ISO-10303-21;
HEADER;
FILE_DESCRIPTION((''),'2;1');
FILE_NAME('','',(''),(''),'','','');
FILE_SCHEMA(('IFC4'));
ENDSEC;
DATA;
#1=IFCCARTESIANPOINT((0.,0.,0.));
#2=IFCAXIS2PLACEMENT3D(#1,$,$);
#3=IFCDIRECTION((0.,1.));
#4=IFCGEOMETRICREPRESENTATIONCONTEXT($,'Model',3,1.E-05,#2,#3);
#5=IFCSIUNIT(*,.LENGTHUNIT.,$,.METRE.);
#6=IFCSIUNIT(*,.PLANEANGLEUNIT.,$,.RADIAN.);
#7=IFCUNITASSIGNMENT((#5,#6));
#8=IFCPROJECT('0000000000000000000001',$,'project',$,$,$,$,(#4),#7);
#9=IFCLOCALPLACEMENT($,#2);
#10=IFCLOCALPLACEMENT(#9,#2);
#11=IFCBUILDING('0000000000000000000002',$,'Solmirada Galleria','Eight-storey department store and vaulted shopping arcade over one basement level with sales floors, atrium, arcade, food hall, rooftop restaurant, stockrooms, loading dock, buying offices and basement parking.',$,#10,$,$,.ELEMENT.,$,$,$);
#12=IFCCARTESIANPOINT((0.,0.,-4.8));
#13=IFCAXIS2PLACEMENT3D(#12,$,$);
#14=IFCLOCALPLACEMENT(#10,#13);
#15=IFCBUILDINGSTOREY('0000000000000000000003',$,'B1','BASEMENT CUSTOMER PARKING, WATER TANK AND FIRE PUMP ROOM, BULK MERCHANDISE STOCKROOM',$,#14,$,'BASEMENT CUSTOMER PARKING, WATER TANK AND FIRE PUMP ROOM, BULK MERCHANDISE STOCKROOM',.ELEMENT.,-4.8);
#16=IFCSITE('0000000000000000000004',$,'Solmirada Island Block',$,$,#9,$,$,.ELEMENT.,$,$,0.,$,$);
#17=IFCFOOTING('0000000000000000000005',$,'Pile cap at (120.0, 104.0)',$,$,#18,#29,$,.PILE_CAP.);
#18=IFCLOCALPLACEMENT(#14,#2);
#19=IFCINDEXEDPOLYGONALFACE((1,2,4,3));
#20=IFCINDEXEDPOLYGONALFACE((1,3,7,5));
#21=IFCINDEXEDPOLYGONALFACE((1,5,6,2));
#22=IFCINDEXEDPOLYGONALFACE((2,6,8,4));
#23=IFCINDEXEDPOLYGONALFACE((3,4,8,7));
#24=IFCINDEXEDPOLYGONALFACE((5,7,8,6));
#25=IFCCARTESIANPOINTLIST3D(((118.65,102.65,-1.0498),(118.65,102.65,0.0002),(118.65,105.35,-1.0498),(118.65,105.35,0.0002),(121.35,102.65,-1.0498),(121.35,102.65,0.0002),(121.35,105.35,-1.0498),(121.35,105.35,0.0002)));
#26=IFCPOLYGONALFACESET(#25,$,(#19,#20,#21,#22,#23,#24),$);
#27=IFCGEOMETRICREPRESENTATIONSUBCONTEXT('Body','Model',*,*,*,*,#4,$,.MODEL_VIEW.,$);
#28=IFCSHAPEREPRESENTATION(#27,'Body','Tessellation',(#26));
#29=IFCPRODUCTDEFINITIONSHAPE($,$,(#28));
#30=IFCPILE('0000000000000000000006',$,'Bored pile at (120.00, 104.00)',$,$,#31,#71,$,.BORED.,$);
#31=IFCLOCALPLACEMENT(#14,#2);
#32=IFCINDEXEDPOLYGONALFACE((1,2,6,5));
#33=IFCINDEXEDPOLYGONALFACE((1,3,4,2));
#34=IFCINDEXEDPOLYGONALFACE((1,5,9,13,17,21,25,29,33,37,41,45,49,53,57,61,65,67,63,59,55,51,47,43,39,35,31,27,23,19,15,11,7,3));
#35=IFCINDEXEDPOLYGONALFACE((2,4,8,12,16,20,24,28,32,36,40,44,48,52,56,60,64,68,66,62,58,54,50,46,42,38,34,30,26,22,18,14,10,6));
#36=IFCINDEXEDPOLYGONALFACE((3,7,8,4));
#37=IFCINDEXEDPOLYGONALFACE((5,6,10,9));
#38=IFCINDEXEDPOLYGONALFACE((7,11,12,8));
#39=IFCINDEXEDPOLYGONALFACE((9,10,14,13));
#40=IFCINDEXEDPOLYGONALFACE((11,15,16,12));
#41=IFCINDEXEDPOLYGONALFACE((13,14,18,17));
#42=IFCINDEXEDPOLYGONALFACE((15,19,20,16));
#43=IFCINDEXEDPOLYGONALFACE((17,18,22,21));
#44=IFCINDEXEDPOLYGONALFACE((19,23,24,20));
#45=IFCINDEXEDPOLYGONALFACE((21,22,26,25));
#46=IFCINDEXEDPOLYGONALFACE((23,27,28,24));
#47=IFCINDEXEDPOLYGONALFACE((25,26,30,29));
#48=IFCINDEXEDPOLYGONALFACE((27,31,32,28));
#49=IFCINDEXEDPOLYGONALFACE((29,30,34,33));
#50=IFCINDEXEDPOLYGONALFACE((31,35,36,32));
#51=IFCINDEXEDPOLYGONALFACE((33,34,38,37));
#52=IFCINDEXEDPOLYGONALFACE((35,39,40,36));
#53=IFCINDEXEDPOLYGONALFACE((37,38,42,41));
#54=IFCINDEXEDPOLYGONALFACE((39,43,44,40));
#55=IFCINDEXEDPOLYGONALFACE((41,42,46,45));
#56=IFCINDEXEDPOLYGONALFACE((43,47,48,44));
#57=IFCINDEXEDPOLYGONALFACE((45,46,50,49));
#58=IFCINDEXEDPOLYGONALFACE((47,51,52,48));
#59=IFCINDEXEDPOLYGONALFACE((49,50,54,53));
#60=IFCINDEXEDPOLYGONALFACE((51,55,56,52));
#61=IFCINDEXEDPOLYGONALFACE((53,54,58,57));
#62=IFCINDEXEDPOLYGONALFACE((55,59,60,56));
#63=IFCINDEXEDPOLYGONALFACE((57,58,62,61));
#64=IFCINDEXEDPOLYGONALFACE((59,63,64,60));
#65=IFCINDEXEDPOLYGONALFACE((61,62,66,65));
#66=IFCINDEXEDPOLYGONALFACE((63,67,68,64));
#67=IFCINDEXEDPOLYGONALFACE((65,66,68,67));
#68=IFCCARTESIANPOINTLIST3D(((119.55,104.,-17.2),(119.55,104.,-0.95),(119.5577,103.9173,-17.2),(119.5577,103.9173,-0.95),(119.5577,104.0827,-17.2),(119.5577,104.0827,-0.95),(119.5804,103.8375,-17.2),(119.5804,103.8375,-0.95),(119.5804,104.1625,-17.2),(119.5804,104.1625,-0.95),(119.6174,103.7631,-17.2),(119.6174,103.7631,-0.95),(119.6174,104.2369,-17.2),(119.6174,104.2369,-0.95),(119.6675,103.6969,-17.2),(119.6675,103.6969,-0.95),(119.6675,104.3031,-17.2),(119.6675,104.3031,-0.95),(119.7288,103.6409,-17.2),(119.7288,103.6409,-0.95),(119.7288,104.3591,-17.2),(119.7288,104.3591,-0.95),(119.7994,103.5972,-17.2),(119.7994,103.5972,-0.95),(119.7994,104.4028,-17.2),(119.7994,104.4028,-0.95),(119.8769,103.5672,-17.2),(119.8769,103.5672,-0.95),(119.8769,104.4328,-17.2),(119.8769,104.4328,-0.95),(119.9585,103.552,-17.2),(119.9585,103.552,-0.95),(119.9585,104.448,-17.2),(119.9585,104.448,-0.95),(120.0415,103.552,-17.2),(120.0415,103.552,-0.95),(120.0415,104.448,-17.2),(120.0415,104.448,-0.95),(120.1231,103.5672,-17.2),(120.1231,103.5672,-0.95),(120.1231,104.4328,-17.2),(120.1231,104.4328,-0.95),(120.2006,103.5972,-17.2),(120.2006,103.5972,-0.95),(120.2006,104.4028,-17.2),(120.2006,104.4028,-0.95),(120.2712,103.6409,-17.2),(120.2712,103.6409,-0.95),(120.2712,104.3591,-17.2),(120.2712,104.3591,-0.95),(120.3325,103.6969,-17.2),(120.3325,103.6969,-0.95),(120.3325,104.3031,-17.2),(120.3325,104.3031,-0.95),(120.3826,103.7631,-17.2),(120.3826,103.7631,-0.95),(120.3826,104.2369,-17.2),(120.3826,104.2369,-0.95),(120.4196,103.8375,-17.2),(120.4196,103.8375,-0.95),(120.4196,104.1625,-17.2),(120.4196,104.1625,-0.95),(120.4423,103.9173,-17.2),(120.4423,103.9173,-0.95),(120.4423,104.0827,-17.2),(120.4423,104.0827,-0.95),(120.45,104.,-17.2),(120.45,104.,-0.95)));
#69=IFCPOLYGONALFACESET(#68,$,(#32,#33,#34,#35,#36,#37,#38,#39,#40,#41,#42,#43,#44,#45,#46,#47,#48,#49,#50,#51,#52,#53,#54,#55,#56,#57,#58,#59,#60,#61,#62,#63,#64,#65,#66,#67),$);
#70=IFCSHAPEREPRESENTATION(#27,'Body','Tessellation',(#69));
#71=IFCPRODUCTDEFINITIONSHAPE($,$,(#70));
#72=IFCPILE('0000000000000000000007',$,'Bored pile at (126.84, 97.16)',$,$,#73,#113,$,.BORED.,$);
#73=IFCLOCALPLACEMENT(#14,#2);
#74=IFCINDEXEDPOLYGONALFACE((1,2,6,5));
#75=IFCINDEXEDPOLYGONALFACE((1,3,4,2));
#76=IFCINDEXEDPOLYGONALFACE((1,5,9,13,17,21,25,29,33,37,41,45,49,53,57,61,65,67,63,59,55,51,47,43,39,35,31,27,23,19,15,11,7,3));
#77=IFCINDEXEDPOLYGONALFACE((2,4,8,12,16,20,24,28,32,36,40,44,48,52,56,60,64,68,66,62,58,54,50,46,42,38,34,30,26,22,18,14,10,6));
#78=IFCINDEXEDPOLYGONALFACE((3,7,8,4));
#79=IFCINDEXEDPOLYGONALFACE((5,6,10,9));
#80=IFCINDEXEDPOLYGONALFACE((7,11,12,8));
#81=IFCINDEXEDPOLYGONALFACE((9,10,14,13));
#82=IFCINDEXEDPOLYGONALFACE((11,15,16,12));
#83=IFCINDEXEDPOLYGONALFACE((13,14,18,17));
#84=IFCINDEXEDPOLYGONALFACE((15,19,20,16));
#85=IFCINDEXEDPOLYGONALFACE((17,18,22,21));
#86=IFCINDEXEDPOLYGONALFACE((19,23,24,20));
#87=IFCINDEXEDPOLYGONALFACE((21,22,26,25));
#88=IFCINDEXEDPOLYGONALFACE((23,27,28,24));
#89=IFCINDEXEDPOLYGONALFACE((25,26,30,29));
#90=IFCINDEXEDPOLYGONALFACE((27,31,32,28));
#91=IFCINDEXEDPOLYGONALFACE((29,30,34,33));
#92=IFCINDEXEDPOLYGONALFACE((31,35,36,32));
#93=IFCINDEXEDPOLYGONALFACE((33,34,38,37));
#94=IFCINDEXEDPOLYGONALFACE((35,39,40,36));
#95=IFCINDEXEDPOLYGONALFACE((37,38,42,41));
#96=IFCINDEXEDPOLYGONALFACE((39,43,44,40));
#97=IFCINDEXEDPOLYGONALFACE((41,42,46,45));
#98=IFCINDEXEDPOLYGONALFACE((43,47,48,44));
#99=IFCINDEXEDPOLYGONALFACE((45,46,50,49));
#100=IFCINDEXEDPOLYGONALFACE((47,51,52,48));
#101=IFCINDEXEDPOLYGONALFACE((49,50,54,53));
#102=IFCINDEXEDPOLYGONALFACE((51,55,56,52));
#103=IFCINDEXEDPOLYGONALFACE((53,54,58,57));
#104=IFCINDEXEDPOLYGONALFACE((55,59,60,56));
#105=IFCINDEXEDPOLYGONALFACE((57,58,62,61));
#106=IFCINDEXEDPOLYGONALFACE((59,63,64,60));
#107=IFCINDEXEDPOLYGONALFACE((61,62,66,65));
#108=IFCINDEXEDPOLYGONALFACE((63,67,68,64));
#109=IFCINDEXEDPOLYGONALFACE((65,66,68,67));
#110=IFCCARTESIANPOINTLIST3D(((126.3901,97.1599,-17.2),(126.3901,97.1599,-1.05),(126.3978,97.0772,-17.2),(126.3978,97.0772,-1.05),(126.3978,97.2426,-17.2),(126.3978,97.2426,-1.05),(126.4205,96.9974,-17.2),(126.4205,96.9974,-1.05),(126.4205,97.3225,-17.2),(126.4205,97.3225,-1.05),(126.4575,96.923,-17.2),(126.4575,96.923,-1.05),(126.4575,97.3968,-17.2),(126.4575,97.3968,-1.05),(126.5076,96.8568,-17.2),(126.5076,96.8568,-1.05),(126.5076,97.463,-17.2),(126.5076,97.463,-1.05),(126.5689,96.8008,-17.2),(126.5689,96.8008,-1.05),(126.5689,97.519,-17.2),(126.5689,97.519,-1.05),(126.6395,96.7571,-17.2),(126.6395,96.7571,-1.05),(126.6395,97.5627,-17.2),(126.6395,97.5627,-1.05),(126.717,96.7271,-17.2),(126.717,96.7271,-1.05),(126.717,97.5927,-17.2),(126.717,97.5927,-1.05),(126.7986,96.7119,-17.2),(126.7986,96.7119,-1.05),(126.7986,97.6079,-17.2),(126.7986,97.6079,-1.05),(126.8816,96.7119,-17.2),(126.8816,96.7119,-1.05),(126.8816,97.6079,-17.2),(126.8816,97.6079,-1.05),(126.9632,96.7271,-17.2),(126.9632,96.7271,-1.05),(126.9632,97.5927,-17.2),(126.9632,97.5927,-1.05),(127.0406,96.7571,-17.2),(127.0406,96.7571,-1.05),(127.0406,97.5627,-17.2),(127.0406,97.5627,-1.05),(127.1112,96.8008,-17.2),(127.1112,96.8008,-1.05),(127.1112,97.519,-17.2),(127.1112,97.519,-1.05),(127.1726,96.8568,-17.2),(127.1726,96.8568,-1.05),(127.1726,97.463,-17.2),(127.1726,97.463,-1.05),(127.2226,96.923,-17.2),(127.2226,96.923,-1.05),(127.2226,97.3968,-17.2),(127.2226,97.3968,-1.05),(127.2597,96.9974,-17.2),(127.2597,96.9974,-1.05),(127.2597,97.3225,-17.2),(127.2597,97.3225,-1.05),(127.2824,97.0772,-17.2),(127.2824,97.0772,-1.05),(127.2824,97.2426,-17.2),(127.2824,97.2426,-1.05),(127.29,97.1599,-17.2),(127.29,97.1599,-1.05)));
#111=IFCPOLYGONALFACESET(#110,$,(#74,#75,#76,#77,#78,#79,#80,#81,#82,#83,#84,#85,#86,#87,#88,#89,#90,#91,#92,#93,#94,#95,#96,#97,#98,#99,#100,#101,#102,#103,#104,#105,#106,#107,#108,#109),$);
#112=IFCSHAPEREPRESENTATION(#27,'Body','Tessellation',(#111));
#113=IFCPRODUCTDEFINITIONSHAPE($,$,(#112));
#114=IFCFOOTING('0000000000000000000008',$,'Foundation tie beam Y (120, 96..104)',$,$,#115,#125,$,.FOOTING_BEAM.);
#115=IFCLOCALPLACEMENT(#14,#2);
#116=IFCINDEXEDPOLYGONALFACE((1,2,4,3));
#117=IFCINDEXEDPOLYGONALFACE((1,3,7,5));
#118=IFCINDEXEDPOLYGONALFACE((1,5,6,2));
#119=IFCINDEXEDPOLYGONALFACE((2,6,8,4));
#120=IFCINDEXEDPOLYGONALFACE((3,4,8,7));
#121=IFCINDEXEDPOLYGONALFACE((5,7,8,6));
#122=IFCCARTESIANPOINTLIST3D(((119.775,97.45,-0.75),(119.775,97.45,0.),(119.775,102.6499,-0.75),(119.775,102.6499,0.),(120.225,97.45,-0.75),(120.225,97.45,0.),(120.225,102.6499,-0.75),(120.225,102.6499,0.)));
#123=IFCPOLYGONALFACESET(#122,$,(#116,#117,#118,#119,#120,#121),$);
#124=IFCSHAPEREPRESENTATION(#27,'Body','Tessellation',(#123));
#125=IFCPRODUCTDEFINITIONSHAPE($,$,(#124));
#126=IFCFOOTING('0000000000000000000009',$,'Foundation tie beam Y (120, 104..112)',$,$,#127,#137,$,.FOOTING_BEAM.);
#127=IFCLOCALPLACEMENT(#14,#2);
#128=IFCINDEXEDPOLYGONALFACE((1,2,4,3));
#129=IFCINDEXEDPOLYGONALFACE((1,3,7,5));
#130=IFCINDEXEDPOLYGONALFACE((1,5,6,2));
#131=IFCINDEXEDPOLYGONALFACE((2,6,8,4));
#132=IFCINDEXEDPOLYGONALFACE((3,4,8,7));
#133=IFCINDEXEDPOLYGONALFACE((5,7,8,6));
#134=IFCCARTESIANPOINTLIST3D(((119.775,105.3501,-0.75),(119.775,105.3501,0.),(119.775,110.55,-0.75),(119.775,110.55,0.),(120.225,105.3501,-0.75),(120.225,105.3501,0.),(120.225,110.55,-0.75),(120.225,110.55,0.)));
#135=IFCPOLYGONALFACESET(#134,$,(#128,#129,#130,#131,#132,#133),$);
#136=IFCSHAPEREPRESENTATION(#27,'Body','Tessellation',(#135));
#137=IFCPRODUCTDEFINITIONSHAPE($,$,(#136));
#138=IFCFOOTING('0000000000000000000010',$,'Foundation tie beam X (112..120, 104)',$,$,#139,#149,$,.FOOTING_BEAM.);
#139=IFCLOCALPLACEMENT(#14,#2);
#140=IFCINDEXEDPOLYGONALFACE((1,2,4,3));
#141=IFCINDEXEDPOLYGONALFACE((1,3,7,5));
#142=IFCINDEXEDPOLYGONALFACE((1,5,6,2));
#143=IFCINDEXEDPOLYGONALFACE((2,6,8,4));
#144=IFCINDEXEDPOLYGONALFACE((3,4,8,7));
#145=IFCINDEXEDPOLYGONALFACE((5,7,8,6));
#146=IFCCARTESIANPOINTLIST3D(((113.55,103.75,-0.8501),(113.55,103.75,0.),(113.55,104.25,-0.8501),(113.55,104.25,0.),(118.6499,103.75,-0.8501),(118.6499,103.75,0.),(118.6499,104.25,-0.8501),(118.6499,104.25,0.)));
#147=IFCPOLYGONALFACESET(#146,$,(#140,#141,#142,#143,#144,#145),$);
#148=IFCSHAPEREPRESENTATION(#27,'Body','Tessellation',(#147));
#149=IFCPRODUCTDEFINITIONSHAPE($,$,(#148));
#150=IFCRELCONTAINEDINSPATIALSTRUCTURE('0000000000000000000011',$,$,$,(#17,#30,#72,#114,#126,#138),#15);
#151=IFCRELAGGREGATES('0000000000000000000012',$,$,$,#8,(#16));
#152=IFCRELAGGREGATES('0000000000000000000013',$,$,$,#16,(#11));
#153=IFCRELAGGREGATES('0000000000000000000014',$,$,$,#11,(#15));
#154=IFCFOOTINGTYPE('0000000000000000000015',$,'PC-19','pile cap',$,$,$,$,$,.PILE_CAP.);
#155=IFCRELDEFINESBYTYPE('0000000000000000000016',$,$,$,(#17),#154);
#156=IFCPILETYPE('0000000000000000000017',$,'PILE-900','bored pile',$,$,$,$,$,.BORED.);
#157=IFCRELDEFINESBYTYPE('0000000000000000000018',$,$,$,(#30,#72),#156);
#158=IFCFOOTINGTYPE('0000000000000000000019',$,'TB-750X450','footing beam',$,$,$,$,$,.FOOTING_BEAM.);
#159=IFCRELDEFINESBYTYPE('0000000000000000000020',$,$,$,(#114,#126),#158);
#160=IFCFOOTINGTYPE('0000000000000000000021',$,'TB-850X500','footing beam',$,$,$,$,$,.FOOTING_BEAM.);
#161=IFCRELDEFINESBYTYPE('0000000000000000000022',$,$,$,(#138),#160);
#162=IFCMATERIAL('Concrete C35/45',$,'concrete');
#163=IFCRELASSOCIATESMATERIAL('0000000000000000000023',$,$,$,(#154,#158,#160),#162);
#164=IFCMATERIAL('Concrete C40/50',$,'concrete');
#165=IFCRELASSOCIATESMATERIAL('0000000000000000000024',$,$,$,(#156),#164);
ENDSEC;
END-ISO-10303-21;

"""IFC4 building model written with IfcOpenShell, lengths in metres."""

from ifc_helpers import new_model, si_unit, direction, frame, origin, origin_2d, place, context, subcontext, project, spatial, rectangle, circle, extrude, material, material_profile, profile_set, type_object, element, save


model = new_model("IFC4")

# Units and contexts
model_context = context("Model", 3, precision=1e-05, world=origin(), true_north=direction((0.0, 1.0)))
body_context = subcontext(model_context, "Body", "Model", "MODEL_VIEW")
ifc_project = project(units=[si_unit("LENGTHUNIT", "METRE"), si_unit("PLANEANGLEUNIT", "RADIAN")], contexts=[model_context])

# Site, building, storey
site_placement = place(None, origin())
site = spatial("IfcSite", under=ifc_project, at=site_placement, Name="Solmirada Island Block", CompositionType="ELEMENT", RefElevation=0.0)
building_placement = place(site_placement, origin())
building = spatial("IfcBuilding", under=site, at=building_placement, Name="Solmirada Galleria", Description="Eight-storey department store and vaulted shopping arcade over one basement level with sales floors, atrium, arcade, food hall, rooftop restaurant, stockrooms, loading dock, buying offices and basement parking.", CompositionType="ELEMENT")
storey_placement = place(building_placement, frame((0.0, 0.0, -4.8)))
storey = spatial("IfcBuildingStorey", under=building, at=storey_placement, Name="B1", Description="BASEMENT CUSTOMER PARKING, WATER TANK AND FIRE PUMP ROOM, BULK MERCHANDISE STOCKROOM", LongName="BASEMENT CUSTOMER PARKING, WATER TANK AND FIRE PUMP ROOM, BULK MERCHANDISE STOCKROOM", CompositionType="ELEMENT", Elevation=-4.8)

# Footing
ifc_material_1 = material(Name="Concrete C35/45", Category="concrete")
footing_type_1 = type_object("IfcFootingType", Name="PC-19", Description="pile cap", PredefinedType="PILE_CAP", material=ifc_material_1)
footing_1_placement = place(storey_placement, frame((120.0, 104.0, -1.0498), z_axis=(0.0, 0.0, 1.0), x_axis=(1.0, 0.0, 0.0)))
element("IfcFooting", 1, at=footing_1_placement, inside=storey, type_object=footing_type_1, Name="Pile cap at (120.0, 104.0)", PredefinedType="PILE_CAP", context=body_context, shape_type="SweptSolid", body=[
    extrude(rectangle(XDim=2.7, YDim=2.7, at=origin_2d()), origin(), (0.0, 0.0, 1.0), 1.05),
])

# Piles
ifc_material_2 = material(Name="Concrete C40/50", Category="concrete")
ifc_material_profile_1 = material_profile(ifc_material_2, circle(Radius=0.45, at=origin_2d()), Name="PILE900")
ifc_profile_set_1 = profile_set([ifc_material_profile_1], Name="Concrete C40/50")
pile_type = type_object("IfcPileType", Name="PILE-900", Description="bored pile", PredefinedType="BORED", material=ifc_profile_set_1)
pile_1_placement = place(storey_placement, frame((120.0, 104.0, -0.95), z_axis=(0.0, 0.0, -1.0), x_axis=(1.0, 0.0, 0.0)))
element("IfcPile", 2, at=pile_1_placement, inside=storey, type_object=pile_type, Name="Bored pile at (120.00, 104.00)", PredefinedType="BORED", context=body_context, shape_type="SweptSolid", body=[
    extrude(circle(Radius=0.45, at=origin_2d()), origin(), (0.0, 0.0, 1.0), 16.25),
])
pile_2_placement = place(storey_placement, frame((126.8401, 97.1599, -1.05), z_axis=(0.0, 0.0, -1.0), x_axis=(1.0, 0.0, 0.0)))
element("IfcPile", 3, at=pile_2_placement, inside=storey, type_object=pile_type, Name="Bored pile at (126.84, 97.16)", PredefinedType="BORED", context=body_context, shape_type="SweptSolid", body=[
    extrude(circle(Radius=0.45, at=origin_2d()), origin(), (0.0, 0.0, 1.0), 16.1499),
])

# Footings
ifc_material_profile_2 = material_profile(ifc_material_1, rectangle(XDim=0.45, YDim=0.75, at=origin_2d()), Name="RC750X450")
ifc_profile_set_2 = profile_set([ifc_material_profile_2], Name="Concrete C35/45")
footing_type_2 = type_object("IfcFootingType", Name="TB-750X450", Description="footing beam", PredefinedType="FOOTING_BEAM", material=ifc_profile_set_2)
for number, where, z_axis, x_axis, name in (
    (4, (120.0, 97.45, -0.375), (0.0, 1.0, 0.0), (-1.0, 0.0, 0.0), "Foundation tie beam Y (120, 96..104)"),
    (5, (120.0, 105.3501, -0.375), (0.0, 1.0, 0.0), (-1.0, 0.0, 0.0), "Foundation tie beam Y (120, 104..112)"),
):
    element("IfcFooting", number, at=place(storey_placement, frame(where, z_axis=z_axis, x_axis=x_axis)), inside=storey, type_object=footing_type_2, Name=name, PredefinedType="FOOTING_BEAM", context=body_context, shape_type="SweptSolid", body=[
        extrude(rectangle(XDim=0.45, YDim=0.75, at=origin_2d()), origin(), (0.0, 0.0, 1.0), 5.2),
    ])
ifc_material_profile_3 = material_profile(ifc_material_1, rectangle(XDim=0.5, YDim=0.8501, at=origin_2d()), Name="RC850X500")
ifc_profile_set_3 = profile_set([ifc_material_profile_3], Name="Concrete C35/45")
footing_type_3 = type_object("IfcFootingType", Name="TB-850X500", Description="footing beam", PredefinedType="FOOTING_BEAM", material=ifc_profile_set_3)
footing_2_placement = place(storey_placement, frame((113.55, 104.0, -0.425), z_axis=(1.0, 0.0, 0.0), x_axis=(0.0, 1.0, 0.0)))
element("IfcFooting", 6, at=footing_2_placement, inside=storey, type_object=footing_type_3, Name="Foundation tie beam X (112..120, 104)", PredefinedType="FOOTING_BEAM", context=body_context, shape_type="SweptSolid", body=[
    extrude(rectangle(XDim=0.5, YDim=0.8501, at=origin_2d()), origin(), (0.0, 0.0, 1.0), 5.0999),
])

save(model, "model.ifc")
